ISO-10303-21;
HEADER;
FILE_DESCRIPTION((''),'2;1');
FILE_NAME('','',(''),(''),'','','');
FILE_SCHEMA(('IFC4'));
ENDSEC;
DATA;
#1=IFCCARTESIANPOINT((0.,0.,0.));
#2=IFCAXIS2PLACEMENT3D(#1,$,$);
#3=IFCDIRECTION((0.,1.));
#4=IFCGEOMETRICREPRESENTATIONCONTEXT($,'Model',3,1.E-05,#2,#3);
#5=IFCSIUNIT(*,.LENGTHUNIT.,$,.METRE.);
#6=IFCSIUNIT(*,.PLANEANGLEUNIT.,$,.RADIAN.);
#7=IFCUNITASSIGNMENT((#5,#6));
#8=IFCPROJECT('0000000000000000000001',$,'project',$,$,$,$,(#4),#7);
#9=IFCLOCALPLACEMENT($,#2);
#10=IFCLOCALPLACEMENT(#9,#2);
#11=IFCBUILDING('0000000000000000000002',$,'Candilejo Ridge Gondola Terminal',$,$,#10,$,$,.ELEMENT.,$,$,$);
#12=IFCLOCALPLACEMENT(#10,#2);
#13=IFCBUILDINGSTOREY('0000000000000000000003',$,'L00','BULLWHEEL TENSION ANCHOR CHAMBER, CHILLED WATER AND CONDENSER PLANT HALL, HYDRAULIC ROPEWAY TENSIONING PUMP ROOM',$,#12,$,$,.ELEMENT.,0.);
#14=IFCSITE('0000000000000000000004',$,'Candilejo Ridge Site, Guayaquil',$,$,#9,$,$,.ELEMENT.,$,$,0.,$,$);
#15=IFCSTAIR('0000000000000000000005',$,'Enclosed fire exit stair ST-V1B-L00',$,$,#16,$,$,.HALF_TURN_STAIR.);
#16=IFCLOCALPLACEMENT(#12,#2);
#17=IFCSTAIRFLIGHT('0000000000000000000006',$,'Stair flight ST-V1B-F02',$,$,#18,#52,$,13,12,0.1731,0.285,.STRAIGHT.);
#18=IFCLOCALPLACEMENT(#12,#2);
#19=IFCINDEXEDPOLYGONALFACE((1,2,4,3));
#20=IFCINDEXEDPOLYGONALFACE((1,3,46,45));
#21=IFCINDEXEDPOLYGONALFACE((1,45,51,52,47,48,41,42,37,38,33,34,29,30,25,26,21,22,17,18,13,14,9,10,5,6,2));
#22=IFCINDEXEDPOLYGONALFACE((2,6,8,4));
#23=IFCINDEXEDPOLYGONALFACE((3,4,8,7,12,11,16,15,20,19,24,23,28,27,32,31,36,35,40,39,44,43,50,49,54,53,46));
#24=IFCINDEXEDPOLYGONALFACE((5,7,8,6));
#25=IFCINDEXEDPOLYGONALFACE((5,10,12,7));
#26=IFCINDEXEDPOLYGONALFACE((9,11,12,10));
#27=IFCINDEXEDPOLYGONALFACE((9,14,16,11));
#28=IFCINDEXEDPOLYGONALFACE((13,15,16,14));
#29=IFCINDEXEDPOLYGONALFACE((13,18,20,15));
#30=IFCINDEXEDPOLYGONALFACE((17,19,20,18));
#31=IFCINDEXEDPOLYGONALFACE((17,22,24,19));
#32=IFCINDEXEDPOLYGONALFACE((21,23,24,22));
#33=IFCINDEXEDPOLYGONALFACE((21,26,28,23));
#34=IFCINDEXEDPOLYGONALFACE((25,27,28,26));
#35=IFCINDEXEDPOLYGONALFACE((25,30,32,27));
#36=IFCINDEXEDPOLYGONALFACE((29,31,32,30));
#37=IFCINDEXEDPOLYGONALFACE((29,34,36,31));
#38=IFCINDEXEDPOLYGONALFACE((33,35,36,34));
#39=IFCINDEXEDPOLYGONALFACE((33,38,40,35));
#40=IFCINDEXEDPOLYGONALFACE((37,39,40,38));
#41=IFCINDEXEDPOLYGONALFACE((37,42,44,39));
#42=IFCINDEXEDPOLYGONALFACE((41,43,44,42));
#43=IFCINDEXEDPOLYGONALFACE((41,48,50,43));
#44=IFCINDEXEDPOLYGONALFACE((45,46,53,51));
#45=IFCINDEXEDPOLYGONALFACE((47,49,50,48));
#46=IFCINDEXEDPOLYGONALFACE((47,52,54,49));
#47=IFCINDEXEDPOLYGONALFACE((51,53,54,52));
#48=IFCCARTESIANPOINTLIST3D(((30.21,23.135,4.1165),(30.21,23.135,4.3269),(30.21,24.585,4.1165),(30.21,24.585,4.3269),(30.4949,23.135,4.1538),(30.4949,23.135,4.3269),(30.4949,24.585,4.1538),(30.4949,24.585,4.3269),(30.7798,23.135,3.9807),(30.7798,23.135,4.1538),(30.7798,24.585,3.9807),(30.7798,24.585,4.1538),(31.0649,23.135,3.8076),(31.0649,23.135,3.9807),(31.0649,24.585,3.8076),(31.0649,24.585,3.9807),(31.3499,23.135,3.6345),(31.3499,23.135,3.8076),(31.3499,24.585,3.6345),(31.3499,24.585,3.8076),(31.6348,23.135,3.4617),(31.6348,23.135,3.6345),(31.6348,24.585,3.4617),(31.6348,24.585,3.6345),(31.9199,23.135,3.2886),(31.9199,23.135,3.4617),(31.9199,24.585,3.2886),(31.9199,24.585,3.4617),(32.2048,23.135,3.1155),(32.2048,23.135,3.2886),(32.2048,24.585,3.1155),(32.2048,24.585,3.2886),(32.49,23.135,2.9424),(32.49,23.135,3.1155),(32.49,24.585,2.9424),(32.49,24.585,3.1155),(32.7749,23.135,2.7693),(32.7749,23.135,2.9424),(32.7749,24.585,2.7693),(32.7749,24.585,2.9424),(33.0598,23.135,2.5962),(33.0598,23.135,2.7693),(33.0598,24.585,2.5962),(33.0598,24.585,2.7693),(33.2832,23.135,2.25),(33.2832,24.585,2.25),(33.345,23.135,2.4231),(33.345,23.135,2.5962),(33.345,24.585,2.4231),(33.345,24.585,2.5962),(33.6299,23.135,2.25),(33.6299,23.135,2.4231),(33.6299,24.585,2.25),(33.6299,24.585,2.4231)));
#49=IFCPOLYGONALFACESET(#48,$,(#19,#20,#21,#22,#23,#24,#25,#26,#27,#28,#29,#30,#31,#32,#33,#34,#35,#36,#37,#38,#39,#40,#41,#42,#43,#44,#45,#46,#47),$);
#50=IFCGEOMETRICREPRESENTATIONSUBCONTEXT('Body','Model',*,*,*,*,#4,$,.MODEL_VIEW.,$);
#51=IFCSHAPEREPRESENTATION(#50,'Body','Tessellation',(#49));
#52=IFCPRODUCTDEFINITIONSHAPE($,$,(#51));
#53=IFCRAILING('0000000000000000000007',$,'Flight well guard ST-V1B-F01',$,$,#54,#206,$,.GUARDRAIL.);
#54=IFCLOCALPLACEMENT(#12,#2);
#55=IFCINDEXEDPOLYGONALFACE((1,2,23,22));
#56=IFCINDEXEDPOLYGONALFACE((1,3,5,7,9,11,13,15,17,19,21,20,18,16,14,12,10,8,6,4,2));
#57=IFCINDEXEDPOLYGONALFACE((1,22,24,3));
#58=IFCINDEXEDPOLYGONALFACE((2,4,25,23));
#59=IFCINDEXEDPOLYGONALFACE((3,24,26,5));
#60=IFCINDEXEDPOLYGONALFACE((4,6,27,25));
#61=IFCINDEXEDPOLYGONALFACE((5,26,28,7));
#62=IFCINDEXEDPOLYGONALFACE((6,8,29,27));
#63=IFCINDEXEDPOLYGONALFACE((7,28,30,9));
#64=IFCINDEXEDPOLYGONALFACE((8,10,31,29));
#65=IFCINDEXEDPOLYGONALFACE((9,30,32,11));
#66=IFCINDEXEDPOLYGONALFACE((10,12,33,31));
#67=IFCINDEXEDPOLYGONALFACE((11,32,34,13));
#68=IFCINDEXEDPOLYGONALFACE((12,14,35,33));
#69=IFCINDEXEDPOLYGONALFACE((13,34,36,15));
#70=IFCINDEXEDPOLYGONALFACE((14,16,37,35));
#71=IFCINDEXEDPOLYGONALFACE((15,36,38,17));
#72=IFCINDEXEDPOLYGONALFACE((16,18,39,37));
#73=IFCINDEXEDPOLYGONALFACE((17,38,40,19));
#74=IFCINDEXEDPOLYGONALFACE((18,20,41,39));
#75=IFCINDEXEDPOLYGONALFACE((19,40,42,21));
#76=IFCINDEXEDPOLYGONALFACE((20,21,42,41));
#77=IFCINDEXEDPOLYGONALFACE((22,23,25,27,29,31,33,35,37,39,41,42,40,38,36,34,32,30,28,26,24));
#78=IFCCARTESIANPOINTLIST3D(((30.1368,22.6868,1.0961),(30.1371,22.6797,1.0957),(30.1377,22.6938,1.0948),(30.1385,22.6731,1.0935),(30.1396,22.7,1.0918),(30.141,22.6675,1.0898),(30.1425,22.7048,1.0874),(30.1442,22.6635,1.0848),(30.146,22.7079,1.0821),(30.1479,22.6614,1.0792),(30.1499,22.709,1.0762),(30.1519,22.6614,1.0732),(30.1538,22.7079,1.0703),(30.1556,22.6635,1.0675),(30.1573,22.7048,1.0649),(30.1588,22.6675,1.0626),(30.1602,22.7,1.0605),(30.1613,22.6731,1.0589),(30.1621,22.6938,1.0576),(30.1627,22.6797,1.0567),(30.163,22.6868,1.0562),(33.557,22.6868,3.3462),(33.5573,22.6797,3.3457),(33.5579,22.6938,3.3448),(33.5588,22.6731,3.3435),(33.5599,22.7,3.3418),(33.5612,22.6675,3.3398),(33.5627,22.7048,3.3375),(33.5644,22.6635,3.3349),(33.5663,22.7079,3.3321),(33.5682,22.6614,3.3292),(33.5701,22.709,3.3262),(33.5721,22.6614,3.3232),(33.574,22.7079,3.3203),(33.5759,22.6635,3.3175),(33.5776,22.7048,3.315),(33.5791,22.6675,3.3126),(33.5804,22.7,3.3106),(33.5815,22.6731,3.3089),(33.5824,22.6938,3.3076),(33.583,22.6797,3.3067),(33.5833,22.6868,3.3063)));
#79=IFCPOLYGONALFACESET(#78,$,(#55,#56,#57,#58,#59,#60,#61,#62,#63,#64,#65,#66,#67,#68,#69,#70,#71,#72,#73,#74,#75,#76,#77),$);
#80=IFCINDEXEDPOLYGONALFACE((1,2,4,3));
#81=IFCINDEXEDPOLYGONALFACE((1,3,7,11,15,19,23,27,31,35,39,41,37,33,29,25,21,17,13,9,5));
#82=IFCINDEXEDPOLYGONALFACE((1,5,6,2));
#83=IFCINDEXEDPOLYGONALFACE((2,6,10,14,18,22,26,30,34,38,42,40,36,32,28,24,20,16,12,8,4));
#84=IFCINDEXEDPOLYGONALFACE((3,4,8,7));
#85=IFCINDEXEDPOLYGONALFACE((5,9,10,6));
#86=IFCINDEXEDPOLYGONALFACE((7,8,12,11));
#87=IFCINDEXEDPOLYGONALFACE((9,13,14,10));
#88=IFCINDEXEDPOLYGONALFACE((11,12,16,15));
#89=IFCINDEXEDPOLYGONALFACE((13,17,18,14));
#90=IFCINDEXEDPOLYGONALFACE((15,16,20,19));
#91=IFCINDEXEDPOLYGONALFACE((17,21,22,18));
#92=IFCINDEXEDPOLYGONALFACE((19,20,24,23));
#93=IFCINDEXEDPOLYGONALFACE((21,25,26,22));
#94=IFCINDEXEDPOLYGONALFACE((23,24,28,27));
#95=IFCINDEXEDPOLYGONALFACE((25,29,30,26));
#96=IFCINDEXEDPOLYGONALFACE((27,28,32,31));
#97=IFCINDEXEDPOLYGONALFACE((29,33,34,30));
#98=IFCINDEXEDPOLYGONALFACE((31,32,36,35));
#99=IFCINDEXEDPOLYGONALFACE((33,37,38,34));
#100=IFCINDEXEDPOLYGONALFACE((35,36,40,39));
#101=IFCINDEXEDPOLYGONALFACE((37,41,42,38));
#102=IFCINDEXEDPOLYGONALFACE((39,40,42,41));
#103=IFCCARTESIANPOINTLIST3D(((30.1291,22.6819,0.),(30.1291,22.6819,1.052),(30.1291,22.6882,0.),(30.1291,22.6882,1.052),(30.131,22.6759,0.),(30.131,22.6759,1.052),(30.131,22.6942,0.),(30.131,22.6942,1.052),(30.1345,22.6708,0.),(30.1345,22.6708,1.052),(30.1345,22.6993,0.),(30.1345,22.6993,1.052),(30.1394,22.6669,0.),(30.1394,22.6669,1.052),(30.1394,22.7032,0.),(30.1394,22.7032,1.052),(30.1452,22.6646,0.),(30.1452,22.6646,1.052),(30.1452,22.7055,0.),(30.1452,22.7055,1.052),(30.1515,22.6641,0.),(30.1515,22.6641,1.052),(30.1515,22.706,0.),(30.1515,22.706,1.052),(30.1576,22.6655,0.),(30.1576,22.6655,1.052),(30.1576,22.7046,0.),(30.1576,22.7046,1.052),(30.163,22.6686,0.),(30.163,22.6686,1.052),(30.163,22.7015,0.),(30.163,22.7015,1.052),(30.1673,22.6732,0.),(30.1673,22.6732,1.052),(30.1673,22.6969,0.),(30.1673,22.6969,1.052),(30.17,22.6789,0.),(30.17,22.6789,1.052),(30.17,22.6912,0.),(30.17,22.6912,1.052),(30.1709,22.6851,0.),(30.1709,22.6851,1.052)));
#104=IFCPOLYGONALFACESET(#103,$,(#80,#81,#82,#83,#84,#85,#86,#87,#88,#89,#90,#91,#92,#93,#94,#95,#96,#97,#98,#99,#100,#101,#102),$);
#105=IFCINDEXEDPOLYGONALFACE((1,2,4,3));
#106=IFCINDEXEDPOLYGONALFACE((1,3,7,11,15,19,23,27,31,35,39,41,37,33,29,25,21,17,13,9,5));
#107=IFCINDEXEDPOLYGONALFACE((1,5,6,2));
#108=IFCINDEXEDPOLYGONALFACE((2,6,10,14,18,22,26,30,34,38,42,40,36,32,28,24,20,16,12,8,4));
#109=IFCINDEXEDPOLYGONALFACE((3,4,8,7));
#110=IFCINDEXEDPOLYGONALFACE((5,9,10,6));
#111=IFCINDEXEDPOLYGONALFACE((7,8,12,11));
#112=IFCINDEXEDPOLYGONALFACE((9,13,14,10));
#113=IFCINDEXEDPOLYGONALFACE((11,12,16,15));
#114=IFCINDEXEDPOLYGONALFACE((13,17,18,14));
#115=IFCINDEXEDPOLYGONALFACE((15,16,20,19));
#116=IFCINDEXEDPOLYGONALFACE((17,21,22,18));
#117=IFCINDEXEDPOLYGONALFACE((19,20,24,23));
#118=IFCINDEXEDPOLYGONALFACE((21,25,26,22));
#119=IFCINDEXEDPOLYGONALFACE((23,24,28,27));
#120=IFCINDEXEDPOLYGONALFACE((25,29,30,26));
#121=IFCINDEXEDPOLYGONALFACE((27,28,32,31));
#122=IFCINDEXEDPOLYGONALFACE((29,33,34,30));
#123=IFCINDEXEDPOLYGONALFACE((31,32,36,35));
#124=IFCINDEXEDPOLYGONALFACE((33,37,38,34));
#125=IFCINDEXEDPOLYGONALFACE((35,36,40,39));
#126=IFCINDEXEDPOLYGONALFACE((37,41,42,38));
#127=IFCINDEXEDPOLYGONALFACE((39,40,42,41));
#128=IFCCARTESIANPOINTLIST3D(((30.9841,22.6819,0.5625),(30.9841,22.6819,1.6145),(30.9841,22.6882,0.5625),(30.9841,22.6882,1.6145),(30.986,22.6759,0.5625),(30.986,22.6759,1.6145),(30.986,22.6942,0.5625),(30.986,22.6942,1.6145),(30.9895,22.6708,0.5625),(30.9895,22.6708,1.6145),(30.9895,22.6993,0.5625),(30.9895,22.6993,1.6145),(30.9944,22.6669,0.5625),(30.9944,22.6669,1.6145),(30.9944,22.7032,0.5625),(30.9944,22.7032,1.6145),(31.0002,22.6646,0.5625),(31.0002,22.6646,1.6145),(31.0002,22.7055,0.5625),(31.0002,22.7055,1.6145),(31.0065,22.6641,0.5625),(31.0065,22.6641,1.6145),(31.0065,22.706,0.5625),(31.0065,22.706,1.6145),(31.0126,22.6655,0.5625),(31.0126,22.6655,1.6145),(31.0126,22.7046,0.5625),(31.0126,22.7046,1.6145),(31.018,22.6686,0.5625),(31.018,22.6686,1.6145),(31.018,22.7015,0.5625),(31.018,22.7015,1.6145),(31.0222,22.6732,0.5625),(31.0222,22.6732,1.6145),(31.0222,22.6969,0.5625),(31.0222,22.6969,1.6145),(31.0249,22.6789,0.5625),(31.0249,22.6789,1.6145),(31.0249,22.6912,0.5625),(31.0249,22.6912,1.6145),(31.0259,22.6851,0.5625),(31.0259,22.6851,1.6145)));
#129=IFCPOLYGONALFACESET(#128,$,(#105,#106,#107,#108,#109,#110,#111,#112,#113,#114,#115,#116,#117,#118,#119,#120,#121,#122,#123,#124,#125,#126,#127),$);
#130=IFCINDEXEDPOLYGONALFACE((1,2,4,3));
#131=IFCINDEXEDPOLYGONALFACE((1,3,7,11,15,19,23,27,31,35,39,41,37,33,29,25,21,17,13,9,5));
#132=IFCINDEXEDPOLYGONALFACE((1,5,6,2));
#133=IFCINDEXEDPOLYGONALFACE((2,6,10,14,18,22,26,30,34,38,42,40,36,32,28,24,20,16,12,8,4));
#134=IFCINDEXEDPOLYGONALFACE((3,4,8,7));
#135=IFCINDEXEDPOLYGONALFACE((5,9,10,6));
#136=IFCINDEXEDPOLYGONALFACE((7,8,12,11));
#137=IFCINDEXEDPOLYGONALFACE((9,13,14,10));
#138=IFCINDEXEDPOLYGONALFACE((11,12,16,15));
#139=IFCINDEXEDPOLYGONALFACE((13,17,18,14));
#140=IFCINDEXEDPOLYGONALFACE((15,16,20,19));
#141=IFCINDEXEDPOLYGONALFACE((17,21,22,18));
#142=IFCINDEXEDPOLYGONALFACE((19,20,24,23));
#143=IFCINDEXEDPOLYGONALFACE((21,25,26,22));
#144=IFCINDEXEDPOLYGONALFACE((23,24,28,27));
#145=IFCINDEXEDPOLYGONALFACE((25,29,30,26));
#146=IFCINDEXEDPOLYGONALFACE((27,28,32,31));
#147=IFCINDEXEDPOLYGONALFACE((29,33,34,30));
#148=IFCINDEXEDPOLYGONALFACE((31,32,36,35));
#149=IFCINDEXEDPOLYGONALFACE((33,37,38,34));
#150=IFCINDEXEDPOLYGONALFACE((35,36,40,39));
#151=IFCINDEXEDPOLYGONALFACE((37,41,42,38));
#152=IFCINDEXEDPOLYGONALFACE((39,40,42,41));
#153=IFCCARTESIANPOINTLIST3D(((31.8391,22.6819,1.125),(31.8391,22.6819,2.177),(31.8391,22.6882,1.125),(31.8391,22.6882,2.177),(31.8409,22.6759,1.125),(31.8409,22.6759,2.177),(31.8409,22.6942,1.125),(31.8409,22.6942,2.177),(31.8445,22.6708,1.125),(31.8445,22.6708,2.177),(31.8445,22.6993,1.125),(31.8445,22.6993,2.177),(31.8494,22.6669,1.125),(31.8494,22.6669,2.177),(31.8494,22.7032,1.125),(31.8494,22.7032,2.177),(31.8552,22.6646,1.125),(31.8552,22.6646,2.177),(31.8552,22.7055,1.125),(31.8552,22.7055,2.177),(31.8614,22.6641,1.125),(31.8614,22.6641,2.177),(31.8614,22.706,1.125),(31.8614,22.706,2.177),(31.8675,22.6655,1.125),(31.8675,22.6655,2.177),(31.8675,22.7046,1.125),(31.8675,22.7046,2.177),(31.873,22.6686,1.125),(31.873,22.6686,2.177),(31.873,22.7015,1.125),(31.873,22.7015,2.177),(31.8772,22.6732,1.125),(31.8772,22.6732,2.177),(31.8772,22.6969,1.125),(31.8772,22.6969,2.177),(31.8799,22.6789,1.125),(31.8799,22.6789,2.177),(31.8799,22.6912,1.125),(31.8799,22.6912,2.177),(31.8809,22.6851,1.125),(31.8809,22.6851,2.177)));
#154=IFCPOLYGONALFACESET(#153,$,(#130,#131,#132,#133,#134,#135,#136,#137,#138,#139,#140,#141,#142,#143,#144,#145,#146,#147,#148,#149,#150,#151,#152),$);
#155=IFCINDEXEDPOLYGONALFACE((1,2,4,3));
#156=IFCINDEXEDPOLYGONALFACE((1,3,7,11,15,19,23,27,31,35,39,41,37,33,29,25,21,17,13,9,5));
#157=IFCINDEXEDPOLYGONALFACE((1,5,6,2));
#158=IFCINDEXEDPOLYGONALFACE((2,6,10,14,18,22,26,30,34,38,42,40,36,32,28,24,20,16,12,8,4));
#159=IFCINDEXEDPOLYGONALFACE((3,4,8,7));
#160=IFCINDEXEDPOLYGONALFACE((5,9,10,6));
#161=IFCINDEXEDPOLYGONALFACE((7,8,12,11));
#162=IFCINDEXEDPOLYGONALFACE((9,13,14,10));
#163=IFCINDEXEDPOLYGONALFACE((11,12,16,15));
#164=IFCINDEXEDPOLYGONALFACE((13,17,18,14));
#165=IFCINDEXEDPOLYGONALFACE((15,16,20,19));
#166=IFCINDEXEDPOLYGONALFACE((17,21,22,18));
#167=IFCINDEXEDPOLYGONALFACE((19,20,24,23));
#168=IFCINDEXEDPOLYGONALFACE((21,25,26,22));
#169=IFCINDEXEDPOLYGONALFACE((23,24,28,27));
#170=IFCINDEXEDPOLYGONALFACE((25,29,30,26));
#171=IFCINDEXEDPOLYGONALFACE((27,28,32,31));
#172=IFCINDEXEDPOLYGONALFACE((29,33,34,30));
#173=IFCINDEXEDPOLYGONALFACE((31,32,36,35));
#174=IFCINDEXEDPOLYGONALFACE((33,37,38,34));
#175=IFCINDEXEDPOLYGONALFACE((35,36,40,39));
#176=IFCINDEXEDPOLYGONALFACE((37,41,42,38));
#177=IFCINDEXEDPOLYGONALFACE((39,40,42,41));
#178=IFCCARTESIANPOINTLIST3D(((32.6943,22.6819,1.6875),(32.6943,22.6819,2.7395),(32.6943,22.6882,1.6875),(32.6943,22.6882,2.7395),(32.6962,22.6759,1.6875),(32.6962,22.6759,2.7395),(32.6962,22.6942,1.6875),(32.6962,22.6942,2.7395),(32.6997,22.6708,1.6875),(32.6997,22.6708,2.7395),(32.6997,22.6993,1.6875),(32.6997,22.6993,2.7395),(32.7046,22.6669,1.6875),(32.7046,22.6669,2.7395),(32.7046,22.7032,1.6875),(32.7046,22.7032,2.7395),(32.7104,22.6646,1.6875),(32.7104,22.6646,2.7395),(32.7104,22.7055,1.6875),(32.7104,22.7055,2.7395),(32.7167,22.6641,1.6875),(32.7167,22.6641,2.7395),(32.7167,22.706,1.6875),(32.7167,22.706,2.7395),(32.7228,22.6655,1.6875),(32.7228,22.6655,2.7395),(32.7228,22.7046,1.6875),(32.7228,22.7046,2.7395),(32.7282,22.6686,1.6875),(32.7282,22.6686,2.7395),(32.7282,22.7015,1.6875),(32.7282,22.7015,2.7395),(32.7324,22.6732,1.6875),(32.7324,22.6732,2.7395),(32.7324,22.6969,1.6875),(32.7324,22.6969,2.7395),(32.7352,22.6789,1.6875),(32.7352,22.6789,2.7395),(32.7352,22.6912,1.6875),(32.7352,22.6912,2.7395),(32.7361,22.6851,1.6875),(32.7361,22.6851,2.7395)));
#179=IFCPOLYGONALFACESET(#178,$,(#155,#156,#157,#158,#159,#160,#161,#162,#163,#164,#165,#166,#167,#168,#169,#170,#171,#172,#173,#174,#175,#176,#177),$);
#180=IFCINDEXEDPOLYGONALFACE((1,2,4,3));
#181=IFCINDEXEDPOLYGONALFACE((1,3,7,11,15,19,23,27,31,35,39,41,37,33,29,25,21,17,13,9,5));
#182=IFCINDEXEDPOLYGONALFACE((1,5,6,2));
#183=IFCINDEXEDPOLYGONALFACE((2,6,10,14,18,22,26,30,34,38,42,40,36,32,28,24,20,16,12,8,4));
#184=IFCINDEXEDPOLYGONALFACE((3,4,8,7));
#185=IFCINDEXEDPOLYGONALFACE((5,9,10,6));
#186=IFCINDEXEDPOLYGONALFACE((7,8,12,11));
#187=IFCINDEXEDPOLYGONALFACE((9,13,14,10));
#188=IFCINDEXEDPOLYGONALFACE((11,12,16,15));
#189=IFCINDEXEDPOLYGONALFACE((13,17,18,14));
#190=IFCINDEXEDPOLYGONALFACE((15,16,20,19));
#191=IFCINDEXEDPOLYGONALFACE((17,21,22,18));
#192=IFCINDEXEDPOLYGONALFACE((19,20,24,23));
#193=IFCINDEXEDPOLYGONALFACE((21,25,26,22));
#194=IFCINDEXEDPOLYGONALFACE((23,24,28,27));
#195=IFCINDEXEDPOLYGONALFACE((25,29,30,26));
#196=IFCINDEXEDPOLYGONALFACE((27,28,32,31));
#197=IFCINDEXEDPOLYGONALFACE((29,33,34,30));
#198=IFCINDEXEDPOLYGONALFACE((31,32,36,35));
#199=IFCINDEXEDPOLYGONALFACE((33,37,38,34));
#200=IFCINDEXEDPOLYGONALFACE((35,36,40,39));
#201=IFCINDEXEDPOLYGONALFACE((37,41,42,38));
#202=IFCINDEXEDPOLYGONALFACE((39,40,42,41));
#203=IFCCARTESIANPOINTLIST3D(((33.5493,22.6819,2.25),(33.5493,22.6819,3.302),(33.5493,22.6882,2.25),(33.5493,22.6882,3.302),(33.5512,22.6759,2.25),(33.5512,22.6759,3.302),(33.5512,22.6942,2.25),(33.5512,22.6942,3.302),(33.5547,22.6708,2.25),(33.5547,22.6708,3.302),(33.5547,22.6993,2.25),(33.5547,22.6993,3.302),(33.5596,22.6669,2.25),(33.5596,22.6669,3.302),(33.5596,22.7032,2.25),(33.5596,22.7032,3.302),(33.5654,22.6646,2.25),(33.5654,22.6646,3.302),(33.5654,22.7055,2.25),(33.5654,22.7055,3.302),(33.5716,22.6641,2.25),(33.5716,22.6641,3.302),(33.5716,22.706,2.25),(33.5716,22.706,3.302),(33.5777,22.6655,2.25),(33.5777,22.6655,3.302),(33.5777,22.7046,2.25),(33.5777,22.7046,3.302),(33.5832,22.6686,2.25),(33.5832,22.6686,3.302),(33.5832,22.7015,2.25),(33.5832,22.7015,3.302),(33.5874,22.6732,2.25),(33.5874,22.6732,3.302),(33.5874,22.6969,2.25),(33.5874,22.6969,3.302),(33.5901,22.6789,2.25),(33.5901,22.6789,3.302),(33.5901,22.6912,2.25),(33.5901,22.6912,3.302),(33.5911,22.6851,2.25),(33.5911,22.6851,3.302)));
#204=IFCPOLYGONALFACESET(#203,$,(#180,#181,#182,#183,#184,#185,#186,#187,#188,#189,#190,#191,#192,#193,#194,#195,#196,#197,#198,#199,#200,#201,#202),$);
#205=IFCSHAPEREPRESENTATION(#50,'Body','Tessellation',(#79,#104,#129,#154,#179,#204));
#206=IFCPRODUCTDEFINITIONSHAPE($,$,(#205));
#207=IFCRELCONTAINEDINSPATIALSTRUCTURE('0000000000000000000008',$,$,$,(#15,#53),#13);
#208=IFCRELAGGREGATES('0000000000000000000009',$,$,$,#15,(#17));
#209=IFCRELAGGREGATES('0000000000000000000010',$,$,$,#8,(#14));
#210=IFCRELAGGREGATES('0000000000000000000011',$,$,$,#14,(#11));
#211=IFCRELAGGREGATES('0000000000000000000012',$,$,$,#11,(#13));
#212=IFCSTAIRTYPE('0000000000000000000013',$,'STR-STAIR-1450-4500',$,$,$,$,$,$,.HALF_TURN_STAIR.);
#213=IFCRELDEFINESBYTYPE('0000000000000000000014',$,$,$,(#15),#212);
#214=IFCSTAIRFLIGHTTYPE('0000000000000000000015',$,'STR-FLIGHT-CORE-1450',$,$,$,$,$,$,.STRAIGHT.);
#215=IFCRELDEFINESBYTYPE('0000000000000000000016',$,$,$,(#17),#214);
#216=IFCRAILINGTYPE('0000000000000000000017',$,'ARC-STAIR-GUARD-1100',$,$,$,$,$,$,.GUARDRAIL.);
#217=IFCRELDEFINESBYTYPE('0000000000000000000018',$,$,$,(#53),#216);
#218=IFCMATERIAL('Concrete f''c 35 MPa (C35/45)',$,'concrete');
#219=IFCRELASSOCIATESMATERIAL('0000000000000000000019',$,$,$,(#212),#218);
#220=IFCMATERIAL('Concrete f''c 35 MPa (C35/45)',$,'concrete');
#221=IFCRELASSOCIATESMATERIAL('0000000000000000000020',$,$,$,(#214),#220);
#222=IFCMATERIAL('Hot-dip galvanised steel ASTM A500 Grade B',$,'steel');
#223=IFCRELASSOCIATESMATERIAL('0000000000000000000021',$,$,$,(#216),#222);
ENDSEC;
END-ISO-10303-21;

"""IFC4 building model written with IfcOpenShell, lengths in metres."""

from ifc_helpers import new_model, si_unit, direction, frame, origin, origin_2d, place, context, subcontext, project, spatial, polyline, circle, outline, extrude, material, type_object, element, aggregate, save


model = new_model("IFC4")

# Units and contexts
model_context = context("Model", 3, precision=1e-05, world=origin(), true_north=direction((0.0, 1.0)))
body_context = subcontext(model_context, "Body", "Model", "MODEL_VIEW")
ifc_project = project(units=[si_unit("LENGTHUNIT", "METRE"), si_unit("PLANEANGLEUNIT", "RADIAN")], contexts=[model_context])

# Site, building, storey
site_placement = place(None, origin())
site = spatial("IfcSite", under=ifc_project, at=site_placement, Name="Candilejo Ridge Site, Guayaquil", CompositionType="ELEMENT", RefElevation=0.0)
building_placement = place(site_placement, origin())
building = spatial("IfcBuilding", under=site, at=building_placement, Name="Candilejo Ridge Gondola Terminal", CompositionType="ELEMENT")
storey_placement = place(building_placement, origin())
storey = spatial("IfcBuildingStorey", under=building, at=storey_placement, Name="L00", Description="BULLWHEEL TENSION ANCHOR CHAMBER, CHILLED WATER AND CONDENSER PLANT HALL, HYDRAULIC ROPEWAY TENSIONING PUMP ROOM", CompositionType="ELEMENT", Elevation=0.0)

# Stair, stair flight
ifc_material_1 = material(Name="Concrete f'c 35 MPa (C35/45)", Category="concrete")
stair_type = type_object("IfcStairType", Name="STR-STAIR-1450-4500", PredefinedType="HALF_TURN_STAIR", material=ifc_material_1)
stair_placement = place(storey_placement, origin())
stair = element("IfcStair", 1, at=stair_placement, inside=storey, type_object=stair_type, Name="Enclosed fire exit stair ST-V1B-L00", PredefinedType="HALF_TURN_STAIR")
ifc_material_2 = material(Name="Concrete f'c 35 MPa (C35/45)", Category="concrete")
stair_flight_type = type_object("IfcStairFlightType", Name="STR-FLIGHT-CORE-1450", PredefinedType="STRAIGHT", material=ifc_material_2)
stair_flight_1_placement = place(storey_placement, frame((33.6299, 23.8601, 2.25), z_axis=(0.0, 0.0, 1.0), x_axis=(-1.0, 0.0, 0.0)))
stair_flight_1 = element("IfcStairFlight", 2, at=stair_flight_1_placement, type_object=stair_flight_type, Name="Stair flight ST-V1B-F02", NumberOfRisers=13, NumberOfTreads=12, PredefinedType="STRAIGHT", RiserHeight=0.1731, TreadLength=0.285, context=body_context, shape_type="SweptSolid", body=[
    extrude(outline(polyline([(0.0, 0.0), (0.0, 0.1731), (0.2849, 0.1731), (0.2849, 0.3462), (0.5701, 0.3462), (0.5701, 0.5193), (0.855, 0.5193), (0.855, 0.6924), (1.1399, 0.6924), (1.1399, 0.8655), (1.425, 0.8655), (1.425, 1.0386), (1.71, 1.0386), (1.71, 1.2117), (1.9951, 1.2117), (1.9951, 1.3845), (2.28, 1.3845), (2.28, 1.5576), (2.5649, 1.5576), (2.5649, 1.7307), (2.8501, 1.7307), (2.8501, 1.9038), (3.135, 1.9038), (3.135, 2.0769), (3.4199, 2.0769), (3.4199, 2.25), (3.4199, 1.8665), (0.3467, 0.0), (0.0, 0.0)])), frame((0.0, 0.7251, 0.0), z_axis=(0.0, -1.0, 0.0), x_axis=(1.0, 0.0, 0.0)), (0.0, 0.0, 1.0), 1.45),
])
aggregate(stair, [stair_flight_1])

# Railing
ifc_material_3 = material(Name="Hot-dip galvanised steel ASTM A500 Grade B", Category="steel")
railing_type_1 = type_object("IfcRailingType", Name="ARC-STAIR-GUARD-1100", PredefinedType="GUARDRAIL", material=ifc_material_3)
railing_1_placement = place(storey_placement, frame((30.1499, 22.6851, 0.0)))
element("IfcRailing", 3, at=railing_1_placement, inside=storey, type_object=railing_type_1, Name="Flight well guard ST-V1B-F01", PredefinedType="GUARDRAIL", context=body_context, shape_type="SweptSolid", body=[
    extrude(circle(Radius=0.0239, at=origin_2d()), frame((0.0, 0.0, 1.0762), z_axis=(0.835429, 0.0, 0.549598), x_axis=(0.0, 1.0, 0.0)), (0.0, 0.0, 1.0), 4.094),
    extrude(circle(Radius=0.021, at=origin_2d()), origin(), (0.0, 0.0, 1.0), 1.052),
    extrude(circle(Radius=0.021, at=origin_2d()), frame((0.855, 0.0, 0.5625)), (0.0, 0.0, 1.0), 1.052),
    extrude(circle(Radius=0.021, at=origin_2d()), frame((1.71, 0.0, 1.125)), (0.0, 0.0, 1.0), 1.052),
    extrude(circle(Radius=0.021, at=origin_2d()), frame((2.5652, 0.0, 1.6875)), (0.0, 0.0, 1.0), 1.052),
    extrude(circle(Radius=0.021, at=origin_2d()), frame((3.4202, 0.0, 2.25)), (0.0, 0.0, 1.0), 1.052),
])

save(model, "model.ifc")
